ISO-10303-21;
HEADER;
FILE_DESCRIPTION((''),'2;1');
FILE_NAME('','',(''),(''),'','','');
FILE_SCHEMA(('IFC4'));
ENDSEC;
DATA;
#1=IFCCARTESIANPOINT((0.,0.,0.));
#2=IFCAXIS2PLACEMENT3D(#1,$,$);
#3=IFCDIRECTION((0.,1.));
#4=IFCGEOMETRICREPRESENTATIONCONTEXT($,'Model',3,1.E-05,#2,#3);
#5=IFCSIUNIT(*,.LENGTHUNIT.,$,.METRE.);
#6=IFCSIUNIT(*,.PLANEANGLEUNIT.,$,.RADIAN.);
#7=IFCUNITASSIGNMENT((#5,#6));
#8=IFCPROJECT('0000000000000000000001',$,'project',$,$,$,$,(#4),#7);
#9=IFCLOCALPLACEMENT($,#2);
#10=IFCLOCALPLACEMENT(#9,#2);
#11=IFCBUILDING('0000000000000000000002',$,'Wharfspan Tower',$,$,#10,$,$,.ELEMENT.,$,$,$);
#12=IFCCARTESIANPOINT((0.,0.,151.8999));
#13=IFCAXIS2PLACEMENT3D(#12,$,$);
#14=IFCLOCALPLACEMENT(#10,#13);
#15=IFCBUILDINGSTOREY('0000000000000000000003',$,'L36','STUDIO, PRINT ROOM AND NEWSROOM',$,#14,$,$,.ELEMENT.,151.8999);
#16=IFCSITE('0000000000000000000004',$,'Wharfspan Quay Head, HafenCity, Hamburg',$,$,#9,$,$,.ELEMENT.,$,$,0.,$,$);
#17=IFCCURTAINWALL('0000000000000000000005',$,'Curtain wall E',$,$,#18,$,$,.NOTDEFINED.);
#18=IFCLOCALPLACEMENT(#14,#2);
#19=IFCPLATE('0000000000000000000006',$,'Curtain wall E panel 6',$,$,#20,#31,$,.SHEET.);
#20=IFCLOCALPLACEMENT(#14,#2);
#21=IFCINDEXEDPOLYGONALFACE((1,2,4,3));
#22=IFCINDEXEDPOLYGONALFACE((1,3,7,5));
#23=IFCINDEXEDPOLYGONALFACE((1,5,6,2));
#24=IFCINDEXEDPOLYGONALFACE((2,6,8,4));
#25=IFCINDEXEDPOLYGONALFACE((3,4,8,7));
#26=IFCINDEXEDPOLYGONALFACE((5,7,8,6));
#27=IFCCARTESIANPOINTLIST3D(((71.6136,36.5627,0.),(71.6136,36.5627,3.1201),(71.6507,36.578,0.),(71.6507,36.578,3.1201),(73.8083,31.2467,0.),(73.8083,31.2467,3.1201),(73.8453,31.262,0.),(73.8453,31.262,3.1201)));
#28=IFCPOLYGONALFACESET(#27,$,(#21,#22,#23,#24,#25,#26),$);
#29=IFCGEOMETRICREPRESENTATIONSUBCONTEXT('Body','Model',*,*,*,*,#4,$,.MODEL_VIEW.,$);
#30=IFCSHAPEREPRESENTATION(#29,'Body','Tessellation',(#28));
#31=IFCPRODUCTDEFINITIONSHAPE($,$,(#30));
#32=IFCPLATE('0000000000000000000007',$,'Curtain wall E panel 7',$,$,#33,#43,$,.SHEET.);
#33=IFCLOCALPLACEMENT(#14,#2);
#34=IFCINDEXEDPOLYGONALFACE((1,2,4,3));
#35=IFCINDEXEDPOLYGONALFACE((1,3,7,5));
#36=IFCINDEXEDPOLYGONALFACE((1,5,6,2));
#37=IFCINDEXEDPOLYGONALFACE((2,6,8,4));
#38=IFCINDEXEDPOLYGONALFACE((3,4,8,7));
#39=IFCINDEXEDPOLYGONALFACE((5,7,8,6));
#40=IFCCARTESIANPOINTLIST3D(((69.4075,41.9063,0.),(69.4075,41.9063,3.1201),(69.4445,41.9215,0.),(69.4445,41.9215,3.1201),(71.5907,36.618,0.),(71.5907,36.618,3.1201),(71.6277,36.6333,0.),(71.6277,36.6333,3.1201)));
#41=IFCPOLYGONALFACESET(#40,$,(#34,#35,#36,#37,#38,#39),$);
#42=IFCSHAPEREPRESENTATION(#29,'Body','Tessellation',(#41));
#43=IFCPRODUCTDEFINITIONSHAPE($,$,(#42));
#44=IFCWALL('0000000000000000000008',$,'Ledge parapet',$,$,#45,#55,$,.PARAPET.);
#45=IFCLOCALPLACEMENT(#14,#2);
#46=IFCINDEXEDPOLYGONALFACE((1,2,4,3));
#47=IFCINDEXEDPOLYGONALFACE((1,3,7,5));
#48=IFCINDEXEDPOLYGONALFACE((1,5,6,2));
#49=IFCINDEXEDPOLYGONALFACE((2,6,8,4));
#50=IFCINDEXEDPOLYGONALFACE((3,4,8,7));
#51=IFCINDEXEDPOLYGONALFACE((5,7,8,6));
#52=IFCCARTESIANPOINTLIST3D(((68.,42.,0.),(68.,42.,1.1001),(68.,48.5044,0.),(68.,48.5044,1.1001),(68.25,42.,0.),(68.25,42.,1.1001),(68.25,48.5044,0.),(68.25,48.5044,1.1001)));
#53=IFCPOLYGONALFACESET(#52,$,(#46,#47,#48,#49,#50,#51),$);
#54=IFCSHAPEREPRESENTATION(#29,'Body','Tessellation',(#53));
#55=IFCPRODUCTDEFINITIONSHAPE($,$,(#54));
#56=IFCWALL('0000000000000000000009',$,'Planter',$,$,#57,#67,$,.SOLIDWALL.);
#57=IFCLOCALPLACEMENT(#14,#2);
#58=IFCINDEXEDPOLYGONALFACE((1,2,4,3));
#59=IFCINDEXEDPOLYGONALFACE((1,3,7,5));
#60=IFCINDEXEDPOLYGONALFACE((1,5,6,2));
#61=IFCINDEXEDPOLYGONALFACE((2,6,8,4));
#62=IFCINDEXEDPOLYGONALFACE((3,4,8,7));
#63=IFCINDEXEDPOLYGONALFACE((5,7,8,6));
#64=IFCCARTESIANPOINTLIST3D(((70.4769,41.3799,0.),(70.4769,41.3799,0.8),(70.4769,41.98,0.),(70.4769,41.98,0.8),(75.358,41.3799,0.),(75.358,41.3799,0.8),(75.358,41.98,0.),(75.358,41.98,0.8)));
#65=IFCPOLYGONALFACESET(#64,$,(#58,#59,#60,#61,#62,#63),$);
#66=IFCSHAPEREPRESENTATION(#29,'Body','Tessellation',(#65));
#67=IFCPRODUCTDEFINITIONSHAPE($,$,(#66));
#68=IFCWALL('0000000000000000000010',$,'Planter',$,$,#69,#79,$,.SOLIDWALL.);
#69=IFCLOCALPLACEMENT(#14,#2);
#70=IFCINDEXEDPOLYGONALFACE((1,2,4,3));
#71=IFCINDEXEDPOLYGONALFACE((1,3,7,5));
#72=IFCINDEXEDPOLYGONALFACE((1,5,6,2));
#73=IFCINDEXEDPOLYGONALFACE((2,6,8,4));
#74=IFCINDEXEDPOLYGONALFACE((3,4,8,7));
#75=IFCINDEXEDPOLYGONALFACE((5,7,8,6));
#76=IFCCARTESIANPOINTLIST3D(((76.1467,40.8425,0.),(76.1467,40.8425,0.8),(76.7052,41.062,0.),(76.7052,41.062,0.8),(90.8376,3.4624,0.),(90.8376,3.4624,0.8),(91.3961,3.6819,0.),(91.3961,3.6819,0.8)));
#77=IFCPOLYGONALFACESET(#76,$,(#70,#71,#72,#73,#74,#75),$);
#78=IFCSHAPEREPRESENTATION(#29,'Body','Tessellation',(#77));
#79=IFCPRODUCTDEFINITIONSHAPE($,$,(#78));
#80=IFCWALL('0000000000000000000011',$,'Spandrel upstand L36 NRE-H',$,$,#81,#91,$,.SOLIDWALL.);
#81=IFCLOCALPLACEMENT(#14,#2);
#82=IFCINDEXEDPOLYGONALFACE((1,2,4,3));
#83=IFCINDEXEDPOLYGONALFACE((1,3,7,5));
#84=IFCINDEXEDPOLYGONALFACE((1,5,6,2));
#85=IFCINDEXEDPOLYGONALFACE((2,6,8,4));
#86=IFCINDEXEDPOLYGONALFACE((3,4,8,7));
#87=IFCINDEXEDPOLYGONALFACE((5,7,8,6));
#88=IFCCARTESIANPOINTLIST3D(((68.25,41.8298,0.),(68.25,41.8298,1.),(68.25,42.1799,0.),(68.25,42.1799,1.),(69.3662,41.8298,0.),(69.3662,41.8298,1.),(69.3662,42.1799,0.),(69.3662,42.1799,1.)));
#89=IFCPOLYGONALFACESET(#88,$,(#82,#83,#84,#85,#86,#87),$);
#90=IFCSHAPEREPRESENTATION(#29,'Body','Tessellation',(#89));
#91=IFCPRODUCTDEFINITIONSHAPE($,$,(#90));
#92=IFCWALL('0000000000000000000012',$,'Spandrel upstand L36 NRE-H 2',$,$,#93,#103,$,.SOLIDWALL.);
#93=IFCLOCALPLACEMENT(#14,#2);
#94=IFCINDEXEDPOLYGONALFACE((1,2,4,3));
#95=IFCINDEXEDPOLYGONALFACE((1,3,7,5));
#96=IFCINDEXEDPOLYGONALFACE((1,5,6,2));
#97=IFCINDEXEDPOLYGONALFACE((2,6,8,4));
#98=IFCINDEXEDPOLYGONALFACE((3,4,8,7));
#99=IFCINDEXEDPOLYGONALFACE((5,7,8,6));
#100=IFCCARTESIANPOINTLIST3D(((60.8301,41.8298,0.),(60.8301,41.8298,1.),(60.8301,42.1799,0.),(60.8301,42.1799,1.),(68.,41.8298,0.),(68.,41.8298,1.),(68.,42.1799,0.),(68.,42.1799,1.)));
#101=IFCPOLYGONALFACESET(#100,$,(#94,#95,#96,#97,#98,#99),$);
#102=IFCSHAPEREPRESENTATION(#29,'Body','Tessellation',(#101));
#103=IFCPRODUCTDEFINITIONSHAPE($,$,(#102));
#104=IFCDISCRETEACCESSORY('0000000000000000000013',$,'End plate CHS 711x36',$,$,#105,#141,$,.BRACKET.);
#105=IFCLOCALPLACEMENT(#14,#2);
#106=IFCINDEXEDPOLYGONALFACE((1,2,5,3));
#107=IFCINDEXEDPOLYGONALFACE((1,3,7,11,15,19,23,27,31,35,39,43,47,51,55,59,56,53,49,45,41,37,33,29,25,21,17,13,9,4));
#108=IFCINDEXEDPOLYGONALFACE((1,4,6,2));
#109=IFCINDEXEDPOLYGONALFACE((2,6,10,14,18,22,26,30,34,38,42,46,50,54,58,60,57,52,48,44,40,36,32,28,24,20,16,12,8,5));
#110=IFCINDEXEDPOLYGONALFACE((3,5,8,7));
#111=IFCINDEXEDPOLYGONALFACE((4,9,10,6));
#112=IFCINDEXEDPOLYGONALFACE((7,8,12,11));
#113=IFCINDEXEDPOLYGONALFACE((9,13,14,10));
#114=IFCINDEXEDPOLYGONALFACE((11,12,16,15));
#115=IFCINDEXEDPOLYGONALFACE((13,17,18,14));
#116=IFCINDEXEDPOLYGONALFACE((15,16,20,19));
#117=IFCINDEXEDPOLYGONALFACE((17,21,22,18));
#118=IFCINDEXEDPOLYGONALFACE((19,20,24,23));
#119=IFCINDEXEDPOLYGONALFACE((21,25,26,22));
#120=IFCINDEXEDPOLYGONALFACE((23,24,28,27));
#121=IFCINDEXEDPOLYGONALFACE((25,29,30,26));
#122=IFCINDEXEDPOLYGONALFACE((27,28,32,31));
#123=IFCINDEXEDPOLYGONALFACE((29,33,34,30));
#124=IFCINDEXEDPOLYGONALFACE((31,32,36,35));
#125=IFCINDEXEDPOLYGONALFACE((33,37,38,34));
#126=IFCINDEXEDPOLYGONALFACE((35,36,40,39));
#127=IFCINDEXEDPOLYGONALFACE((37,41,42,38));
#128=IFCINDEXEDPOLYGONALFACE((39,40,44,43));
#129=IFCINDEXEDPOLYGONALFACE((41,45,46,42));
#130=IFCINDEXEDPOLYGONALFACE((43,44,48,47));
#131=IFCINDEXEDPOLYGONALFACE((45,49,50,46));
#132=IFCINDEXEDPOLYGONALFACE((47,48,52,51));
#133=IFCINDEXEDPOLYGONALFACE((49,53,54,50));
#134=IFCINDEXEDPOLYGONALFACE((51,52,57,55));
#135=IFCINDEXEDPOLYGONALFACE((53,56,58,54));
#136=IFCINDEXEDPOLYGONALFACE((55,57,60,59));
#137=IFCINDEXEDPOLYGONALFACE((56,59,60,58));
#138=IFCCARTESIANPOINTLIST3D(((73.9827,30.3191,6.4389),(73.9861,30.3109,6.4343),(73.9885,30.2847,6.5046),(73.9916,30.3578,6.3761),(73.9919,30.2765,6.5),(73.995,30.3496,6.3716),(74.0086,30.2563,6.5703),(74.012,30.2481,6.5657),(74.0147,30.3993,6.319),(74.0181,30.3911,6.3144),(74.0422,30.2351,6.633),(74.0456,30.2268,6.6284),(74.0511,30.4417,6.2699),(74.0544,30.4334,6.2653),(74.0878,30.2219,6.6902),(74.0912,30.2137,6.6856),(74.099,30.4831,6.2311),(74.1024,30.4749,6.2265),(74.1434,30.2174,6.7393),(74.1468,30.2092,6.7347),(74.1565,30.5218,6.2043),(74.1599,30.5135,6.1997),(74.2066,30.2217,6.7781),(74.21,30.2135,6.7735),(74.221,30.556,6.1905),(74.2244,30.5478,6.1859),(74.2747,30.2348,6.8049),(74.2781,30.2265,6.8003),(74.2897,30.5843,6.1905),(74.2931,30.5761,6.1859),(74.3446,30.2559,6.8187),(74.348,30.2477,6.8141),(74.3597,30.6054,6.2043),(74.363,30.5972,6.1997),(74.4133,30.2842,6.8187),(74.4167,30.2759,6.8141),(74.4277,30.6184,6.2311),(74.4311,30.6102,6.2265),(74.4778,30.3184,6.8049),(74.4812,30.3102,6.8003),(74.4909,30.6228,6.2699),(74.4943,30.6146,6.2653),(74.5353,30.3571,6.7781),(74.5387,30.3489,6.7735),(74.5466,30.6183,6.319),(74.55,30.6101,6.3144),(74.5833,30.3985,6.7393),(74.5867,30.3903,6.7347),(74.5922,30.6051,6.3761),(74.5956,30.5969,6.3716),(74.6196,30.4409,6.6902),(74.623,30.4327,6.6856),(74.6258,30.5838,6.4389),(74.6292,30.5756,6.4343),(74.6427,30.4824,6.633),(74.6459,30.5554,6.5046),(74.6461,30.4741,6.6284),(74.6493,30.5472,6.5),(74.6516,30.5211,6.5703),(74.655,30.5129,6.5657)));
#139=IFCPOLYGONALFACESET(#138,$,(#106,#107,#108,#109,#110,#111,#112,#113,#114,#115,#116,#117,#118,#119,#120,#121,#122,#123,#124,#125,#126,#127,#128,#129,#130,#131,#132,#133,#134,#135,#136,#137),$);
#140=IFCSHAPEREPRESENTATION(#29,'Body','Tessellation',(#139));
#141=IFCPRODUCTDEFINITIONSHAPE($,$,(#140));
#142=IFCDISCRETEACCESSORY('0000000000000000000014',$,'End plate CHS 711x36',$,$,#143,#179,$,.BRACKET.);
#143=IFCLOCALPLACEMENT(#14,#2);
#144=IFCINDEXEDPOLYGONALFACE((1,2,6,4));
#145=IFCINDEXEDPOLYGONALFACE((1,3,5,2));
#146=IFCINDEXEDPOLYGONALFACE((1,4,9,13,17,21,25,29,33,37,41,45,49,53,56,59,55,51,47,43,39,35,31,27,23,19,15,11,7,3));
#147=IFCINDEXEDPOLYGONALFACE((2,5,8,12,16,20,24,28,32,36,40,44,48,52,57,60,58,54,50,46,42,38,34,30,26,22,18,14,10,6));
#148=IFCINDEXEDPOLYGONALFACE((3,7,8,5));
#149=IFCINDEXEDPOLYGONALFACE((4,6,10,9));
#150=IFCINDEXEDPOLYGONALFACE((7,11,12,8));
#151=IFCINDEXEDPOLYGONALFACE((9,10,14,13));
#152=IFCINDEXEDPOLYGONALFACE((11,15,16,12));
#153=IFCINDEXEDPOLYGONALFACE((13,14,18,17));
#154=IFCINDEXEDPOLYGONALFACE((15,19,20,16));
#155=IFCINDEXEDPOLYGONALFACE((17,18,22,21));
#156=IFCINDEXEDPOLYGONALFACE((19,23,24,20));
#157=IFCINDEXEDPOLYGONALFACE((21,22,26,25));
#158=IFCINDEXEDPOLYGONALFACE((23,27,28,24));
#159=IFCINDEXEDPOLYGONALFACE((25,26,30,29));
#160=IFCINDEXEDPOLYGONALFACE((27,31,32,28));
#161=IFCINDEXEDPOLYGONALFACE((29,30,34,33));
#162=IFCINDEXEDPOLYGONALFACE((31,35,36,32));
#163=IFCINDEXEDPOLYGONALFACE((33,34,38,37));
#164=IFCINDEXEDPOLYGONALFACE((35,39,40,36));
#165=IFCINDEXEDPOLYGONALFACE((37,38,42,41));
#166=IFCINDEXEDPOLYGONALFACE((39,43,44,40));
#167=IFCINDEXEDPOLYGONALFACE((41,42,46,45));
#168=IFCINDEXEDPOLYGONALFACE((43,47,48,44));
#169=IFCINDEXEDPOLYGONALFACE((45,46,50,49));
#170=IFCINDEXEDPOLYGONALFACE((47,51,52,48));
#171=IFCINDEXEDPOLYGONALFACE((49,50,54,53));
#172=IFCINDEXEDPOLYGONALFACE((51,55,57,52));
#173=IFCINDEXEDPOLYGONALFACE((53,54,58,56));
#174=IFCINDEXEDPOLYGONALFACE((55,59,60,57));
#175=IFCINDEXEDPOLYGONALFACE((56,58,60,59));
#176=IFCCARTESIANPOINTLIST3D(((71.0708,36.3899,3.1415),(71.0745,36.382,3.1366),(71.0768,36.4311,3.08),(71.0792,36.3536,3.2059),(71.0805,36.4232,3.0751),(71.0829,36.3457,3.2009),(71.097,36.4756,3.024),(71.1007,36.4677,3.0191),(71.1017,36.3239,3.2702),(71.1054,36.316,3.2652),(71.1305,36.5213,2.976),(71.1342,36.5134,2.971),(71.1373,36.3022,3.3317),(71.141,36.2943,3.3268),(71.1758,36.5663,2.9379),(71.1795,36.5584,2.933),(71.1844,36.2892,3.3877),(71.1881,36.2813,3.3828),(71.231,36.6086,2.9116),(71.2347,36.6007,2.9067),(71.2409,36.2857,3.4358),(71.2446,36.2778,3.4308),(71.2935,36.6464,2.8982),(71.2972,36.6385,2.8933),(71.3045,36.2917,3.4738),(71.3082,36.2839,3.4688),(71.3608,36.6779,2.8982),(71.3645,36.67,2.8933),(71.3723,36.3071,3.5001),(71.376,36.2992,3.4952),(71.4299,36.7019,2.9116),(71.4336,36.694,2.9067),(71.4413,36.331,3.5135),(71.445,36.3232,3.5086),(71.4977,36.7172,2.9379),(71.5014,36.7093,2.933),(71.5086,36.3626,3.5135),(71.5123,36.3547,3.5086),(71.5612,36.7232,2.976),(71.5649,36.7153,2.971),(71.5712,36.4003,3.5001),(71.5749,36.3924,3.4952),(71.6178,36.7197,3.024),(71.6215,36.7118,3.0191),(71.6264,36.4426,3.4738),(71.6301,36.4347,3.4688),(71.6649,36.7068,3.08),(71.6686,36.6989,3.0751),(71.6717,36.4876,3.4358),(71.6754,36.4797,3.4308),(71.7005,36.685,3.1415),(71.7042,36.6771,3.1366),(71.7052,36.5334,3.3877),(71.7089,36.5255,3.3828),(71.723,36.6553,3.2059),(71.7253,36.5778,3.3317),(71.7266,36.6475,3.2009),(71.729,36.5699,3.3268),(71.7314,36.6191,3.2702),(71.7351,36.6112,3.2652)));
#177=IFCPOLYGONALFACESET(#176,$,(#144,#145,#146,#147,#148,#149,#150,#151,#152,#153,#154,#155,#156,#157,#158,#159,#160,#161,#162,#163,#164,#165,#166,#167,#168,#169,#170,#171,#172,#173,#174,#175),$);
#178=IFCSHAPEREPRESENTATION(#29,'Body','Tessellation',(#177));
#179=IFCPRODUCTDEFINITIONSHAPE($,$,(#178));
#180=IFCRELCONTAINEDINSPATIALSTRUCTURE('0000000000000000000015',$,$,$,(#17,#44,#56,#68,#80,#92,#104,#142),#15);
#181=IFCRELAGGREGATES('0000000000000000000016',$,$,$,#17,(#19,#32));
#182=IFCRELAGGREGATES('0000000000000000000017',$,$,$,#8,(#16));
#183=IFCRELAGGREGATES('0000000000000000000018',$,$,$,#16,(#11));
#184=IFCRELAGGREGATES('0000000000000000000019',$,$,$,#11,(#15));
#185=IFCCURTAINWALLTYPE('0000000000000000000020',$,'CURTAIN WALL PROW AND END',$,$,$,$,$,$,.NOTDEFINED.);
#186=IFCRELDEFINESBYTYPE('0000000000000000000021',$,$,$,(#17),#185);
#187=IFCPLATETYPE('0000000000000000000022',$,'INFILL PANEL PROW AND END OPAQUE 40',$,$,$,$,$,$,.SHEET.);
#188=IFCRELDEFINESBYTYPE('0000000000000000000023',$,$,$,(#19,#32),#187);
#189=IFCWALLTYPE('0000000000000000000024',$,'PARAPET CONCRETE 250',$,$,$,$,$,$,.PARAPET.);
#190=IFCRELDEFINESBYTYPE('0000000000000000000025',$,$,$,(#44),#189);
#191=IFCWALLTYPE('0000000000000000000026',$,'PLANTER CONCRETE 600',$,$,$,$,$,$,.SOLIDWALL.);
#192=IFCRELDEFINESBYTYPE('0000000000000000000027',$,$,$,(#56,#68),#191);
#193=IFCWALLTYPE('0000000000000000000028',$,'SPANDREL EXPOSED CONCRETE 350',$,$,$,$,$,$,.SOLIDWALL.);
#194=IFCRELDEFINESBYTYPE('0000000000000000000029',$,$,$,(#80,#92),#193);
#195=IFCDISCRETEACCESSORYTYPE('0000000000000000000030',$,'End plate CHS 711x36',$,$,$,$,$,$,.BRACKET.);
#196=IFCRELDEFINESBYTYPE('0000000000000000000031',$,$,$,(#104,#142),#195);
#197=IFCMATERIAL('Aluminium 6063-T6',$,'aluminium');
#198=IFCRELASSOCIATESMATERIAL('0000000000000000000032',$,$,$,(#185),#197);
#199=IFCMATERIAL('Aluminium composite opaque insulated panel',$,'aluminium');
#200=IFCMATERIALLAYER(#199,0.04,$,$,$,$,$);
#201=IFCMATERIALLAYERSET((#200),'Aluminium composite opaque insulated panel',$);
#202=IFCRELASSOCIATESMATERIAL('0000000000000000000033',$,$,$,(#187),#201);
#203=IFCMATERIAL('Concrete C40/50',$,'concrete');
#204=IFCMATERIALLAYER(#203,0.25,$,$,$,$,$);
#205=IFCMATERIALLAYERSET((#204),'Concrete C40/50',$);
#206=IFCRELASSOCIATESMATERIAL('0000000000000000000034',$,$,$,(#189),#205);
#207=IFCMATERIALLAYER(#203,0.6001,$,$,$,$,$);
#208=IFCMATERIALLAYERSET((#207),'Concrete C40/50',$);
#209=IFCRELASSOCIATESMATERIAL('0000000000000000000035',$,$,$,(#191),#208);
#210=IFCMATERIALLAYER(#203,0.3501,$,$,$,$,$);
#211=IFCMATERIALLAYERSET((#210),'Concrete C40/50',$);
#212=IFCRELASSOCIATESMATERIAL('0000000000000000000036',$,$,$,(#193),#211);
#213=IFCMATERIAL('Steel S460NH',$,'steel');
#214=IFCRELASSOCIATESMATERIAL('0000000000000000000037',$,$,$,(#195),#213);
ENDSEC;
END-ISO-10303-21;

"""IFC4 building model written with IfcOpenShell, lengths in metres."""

from ifc_helpers import new_model, si_unit, direction, frame, frame_2d, origin, origin_2d, place, context, subcontext, project, spatial, rectangle, circle, extrude, material, layer, layer_set, material_profile, profile_set, type_object, element, aggregate, save


model = new_model("IFC4")

# Units and contexts
model_context = context("Model", 3, precision=1e-05, world=origin(), true_north=direction((0.0, 1.0)))
body_context = subcontext(model_context, "Body", "Model", "MODEL_VIEW")
ifc_project = project(units=[si_unit("LENGTHUNIT", "METRE"), si_unit("PLANEANGLEUNIT", "RADIAN")], contexts=[model_context])

# Site, building, storey
site_placement = place(None, origin())
site = spatial("IfcSite", under=ifc_project, at=site_placement, Name="Wharfspan Quay Head, HafenCity, Hamburg", CompositionType="ELEMENT", RefElevation=0.0)
building_placement = place(site_placement, origin())
building = spatial("IfcBuilding", under=site, at=building_placement, Name="Wharfspan Tower", CompositionType="ELEMENT")
storey_placement = place(building_placement, frame((0.0, 0.0, 151.8999)))
storey = spatial("IfcBuildingStorey", under=building, at=storey_placement, Name="L36", Description="STUDIO, PRINT ROOM AND NEWSROOM", CompositionType="ELEMENT", Elevation=151.8999)

# Shared definitions
ifc_material_1 = material(Name="Steel S460NH", Category="steel")

# Curtain wall
ifc_material_2 = material(Name="Aluminium 6063-T6", Category="aluminium")
curtain_wall_type = type_object("IfcCurtainWallType", Name="CURTAIN WALL PROW AND END", PredefinedType="NOTDEFINED", material=ifc_material_2)
curtain_wall_1_placement = place(storey_placement, origin())
curtain_wall_1 = element("IfcCurtainWall", 1, at=curtain_wall_1_placement, inside=storey, type_object=curtain_wall_type, Name="Curtain wall E", PredefinedType="NOTDEFINED")

# Plates
ifc_material_3 = material(Name="Aluminium composite opaque insulated panel", Category="aluminium")
ifc_layer_1 = layer(ifc_material_3, 0.04)
ifc_layer_set_1 = layer_set([ifc_layer_1], Name="Aluminium composite opaque insulated panel")
plate_type_1 = type_object("IfcPlateType", Name="INFILL PANEL PROW AND END OPAQUE 40", PredefinedType="SHEET", material=ifc_layer_set_1)
plate_1_placement = place(storey_placement, frame((72.7295, 33.9124, 0.0), z_axis=(0.0, 0.0, 1.0), x_axis=(-0.381602, 0.924325, 0.0)))
plate_1 = element("IfcPlate", 2, at=plate_1_placement, type_object=plate_type_1, Name="Curtain wall E panel 6", PredefinedType="SHEET", context=body_context, shape_type="SweptSolid", body=[
    extrude(rectangle(XDim=5.7512, YDim=0.04, at=origin_2d()), origin(), (0.0, 0.0, 1.0), 3.1201),
])
plate_2_placement = place(storey_placement, frame((70.5176, 39.2698, 0.0), z_axis=(0.0, 0.0, 1.0), x_axis=(-0.381602, 0.924325, 0.0)))
plate_2 = element("IfcPlate", 3, at=plate_2_placement, type_object=plate_type_1, Name="Curtain wall E panel 7", PredefinedType="SHEET", context=body_context, shape_type="SweptSolid", body=[
    extrude(rectangle(XDim=5.7212, YDim=0.04, at=origin_2d()), origin(), (0.0, 0.0, 1.0), 3.1201),
])
aggregate(curtain_wall_1, [plate_1, plate_2])

# Walls
ifc_material_4 = material(Name="Concrete C40/50", Category="concrete")
ifc_layer_2 = layer(ifc_material_4, 0.25)
ifc_layer_set_2 = layer_set([ifc_layer_2], Name="Concrete C40/50")
wall_type_1 = type_object("IfcWallType", Name="PARAPET CONCRETE 250", PredefinedType="PARAPET", material=ifc_layer_set_2)
wall_1_placement = place(storey_placement, frame((68.125, 48.5044, 0.0), z_axis=(0.0, 0.0, 1.0), x_axis=(0.0, -1.0, 0.0)))
element("IfcWall", 4, at=wall_1_placement, inside=storey, type_object=wall_type_1, Name="Ledge parapet", PredefinedType="PARAPET", context=body_context, shape_type="SweptSolid", body=[
    extrude(rectangle(XDim=6.5044, YDim=0.25, at=frame_2d((3.2522, 0.0))), origin(), (0.0, 0.0, 1.0), 1.1001),
])
ifc_layer_3 = layer(ifc_material_4, 0.6001)
ifc_layer_set_3 = layer_set([ifc_layer_3], Name="Concrete C40/50")
wall_type_2 = type_object("IfcWallType", Name="PLANTER CONCRETE 600", PredefinedType="SOLIDWALL", material=ifc_layer_set_3)
wall_2_placement = place(storey_placement, frame((70.4771, 41.6799, 0.0), z_axis=(0.0, 0.0, 1.0), x_axis=(1.0, 0.0, 0.0)))
element("IfcWall", 5, at=wall_2_placement, inside=storey, type_object=wall_type_2, Name="Planter", PredefinedType="SOLIDWALL", context=body_context, shape_type="SweptSolid", body=[
    extrude(rectangle(XDim=4.8811, YDim=0.6001, at=frame_2d((2.4404, 0.0))), origin(), (0.0, 0.0, 1.0), 0.8),
])
wall_3_placement = place(storey_placement, frame((76.426, 40.9521, 0.0), z_axis=(0.0, 0.0, 1.0), x_axis=(0.365779, -0.930702, 0.0)))
element("IfcWall", 6, at=wall_3_placement, inside=storey, type_object=wall_type_2, Name="Planter", PredefinedType="SOLIDWALL", context=body_context, shape_type="SweptSolid", body=[
    extrude(rectangle(XDim=40.1633, YDim=0.6001, at=frame_2d((20.0815, 0.0))), origin(), (0.0, 0.0, 1.0), 0.8),
])
ifc_layer_4 = layer(ifc_material_4, 0.3501)
ifc_layer_set_4 = layer_set([ifc_layer_4], Name="Concrete C40/50")
wall_type_3 = type_object("IfcWallType", Name="SPANDREL EXPOSED CONCRETE 350", PredefinedType="SOLIDWALL", material=ifc_layer_set_4)
wall_4_placement = place(storey_placement, frame((69.3662, 42.0049, 0.0), z_axis=(0.0, 0.0, 1.0), x_axis=(-1.0, 0.0, 0.0)))
element("IfcWall", 7, at=wall_4_placement, inside=storey, type_object=wall_type_3, Name="Spandrel upstand L36 NRE-H", PredefinedType="SOLIDWALL", context=body_context, shape_type="SweptSolid", body=[
    extrude(rectangle(XDim=1.1162, YDim=0.3501, at=frame_2d((0.5581, 0.0))), origin(), (0.0, 0.0, 1.0), 1.0),
])
wall_5_placement = place(storey_placement, frame((68.0, 42.0049, 0.0), z_axis=(0.0, 0.0, 1.0), x_axis=(-1.0, 0.0, 0.0)))
element("IfcWall", 8, at=wall_5_placement, inside=storey, type_object=wall_type_3, Name="Spandrel upstand L36 NRE-H 2", PredefinedType="SOLIDWALL", context=body_context, shape_type="SweptSolid", body=[
    extrude(rectangle(XDim=7.1699, YDim=0.3501, at=frame_2d((3.585, 0.0))), origin(), (0.0, 0.0, 1.0), 1.0),
])

# Discrete accessories
ifc_material_profile_1 = material_profile(ifc_material_1, circle(Radius=0.3555, at=origin_2d()))
ifc_profile_set_1 = profile_set([ifc_material_profile_1], Name="Steel S460NH")
discrete_accessory_type = type_object("IfcDiscreteAccessoryType", Name="End plate CHS 711x36", PredefinedType="BRACKET", material=ifc_profile_set_1)
for number, where, z_axis, x_axis, name in (
    (9, (74.3206, 30.4119, 6.5), (-0.338259, 0.821486, 0.459066), (-0.924676, -0.380749, 0.0), "End plate CHS 711x36"),
    (10, (71.4048, 36.4966, 3.2009), (-0.369386, 0.788024, 0.492515), (-0.905459, -0.424433, -0.000001), "End plate CHS 711x36"),
):
    element("IfcDiscreteAccessory", number, at=place(storey_placement, frame(where, z_axis=z_axis, x_axis=x_axis)), inside=storey, type_object=discrete_accessory_type, Name=name, PredefinedType="BRACKET", context=body_context, shape_type="SweptSolid", body=[
        extrude(circle(Radius=0.3555, at=origin_2d()), origin(), (0.0, 0.0, 1.0), 0.01),
    ])

save(model, "model.ifc")
